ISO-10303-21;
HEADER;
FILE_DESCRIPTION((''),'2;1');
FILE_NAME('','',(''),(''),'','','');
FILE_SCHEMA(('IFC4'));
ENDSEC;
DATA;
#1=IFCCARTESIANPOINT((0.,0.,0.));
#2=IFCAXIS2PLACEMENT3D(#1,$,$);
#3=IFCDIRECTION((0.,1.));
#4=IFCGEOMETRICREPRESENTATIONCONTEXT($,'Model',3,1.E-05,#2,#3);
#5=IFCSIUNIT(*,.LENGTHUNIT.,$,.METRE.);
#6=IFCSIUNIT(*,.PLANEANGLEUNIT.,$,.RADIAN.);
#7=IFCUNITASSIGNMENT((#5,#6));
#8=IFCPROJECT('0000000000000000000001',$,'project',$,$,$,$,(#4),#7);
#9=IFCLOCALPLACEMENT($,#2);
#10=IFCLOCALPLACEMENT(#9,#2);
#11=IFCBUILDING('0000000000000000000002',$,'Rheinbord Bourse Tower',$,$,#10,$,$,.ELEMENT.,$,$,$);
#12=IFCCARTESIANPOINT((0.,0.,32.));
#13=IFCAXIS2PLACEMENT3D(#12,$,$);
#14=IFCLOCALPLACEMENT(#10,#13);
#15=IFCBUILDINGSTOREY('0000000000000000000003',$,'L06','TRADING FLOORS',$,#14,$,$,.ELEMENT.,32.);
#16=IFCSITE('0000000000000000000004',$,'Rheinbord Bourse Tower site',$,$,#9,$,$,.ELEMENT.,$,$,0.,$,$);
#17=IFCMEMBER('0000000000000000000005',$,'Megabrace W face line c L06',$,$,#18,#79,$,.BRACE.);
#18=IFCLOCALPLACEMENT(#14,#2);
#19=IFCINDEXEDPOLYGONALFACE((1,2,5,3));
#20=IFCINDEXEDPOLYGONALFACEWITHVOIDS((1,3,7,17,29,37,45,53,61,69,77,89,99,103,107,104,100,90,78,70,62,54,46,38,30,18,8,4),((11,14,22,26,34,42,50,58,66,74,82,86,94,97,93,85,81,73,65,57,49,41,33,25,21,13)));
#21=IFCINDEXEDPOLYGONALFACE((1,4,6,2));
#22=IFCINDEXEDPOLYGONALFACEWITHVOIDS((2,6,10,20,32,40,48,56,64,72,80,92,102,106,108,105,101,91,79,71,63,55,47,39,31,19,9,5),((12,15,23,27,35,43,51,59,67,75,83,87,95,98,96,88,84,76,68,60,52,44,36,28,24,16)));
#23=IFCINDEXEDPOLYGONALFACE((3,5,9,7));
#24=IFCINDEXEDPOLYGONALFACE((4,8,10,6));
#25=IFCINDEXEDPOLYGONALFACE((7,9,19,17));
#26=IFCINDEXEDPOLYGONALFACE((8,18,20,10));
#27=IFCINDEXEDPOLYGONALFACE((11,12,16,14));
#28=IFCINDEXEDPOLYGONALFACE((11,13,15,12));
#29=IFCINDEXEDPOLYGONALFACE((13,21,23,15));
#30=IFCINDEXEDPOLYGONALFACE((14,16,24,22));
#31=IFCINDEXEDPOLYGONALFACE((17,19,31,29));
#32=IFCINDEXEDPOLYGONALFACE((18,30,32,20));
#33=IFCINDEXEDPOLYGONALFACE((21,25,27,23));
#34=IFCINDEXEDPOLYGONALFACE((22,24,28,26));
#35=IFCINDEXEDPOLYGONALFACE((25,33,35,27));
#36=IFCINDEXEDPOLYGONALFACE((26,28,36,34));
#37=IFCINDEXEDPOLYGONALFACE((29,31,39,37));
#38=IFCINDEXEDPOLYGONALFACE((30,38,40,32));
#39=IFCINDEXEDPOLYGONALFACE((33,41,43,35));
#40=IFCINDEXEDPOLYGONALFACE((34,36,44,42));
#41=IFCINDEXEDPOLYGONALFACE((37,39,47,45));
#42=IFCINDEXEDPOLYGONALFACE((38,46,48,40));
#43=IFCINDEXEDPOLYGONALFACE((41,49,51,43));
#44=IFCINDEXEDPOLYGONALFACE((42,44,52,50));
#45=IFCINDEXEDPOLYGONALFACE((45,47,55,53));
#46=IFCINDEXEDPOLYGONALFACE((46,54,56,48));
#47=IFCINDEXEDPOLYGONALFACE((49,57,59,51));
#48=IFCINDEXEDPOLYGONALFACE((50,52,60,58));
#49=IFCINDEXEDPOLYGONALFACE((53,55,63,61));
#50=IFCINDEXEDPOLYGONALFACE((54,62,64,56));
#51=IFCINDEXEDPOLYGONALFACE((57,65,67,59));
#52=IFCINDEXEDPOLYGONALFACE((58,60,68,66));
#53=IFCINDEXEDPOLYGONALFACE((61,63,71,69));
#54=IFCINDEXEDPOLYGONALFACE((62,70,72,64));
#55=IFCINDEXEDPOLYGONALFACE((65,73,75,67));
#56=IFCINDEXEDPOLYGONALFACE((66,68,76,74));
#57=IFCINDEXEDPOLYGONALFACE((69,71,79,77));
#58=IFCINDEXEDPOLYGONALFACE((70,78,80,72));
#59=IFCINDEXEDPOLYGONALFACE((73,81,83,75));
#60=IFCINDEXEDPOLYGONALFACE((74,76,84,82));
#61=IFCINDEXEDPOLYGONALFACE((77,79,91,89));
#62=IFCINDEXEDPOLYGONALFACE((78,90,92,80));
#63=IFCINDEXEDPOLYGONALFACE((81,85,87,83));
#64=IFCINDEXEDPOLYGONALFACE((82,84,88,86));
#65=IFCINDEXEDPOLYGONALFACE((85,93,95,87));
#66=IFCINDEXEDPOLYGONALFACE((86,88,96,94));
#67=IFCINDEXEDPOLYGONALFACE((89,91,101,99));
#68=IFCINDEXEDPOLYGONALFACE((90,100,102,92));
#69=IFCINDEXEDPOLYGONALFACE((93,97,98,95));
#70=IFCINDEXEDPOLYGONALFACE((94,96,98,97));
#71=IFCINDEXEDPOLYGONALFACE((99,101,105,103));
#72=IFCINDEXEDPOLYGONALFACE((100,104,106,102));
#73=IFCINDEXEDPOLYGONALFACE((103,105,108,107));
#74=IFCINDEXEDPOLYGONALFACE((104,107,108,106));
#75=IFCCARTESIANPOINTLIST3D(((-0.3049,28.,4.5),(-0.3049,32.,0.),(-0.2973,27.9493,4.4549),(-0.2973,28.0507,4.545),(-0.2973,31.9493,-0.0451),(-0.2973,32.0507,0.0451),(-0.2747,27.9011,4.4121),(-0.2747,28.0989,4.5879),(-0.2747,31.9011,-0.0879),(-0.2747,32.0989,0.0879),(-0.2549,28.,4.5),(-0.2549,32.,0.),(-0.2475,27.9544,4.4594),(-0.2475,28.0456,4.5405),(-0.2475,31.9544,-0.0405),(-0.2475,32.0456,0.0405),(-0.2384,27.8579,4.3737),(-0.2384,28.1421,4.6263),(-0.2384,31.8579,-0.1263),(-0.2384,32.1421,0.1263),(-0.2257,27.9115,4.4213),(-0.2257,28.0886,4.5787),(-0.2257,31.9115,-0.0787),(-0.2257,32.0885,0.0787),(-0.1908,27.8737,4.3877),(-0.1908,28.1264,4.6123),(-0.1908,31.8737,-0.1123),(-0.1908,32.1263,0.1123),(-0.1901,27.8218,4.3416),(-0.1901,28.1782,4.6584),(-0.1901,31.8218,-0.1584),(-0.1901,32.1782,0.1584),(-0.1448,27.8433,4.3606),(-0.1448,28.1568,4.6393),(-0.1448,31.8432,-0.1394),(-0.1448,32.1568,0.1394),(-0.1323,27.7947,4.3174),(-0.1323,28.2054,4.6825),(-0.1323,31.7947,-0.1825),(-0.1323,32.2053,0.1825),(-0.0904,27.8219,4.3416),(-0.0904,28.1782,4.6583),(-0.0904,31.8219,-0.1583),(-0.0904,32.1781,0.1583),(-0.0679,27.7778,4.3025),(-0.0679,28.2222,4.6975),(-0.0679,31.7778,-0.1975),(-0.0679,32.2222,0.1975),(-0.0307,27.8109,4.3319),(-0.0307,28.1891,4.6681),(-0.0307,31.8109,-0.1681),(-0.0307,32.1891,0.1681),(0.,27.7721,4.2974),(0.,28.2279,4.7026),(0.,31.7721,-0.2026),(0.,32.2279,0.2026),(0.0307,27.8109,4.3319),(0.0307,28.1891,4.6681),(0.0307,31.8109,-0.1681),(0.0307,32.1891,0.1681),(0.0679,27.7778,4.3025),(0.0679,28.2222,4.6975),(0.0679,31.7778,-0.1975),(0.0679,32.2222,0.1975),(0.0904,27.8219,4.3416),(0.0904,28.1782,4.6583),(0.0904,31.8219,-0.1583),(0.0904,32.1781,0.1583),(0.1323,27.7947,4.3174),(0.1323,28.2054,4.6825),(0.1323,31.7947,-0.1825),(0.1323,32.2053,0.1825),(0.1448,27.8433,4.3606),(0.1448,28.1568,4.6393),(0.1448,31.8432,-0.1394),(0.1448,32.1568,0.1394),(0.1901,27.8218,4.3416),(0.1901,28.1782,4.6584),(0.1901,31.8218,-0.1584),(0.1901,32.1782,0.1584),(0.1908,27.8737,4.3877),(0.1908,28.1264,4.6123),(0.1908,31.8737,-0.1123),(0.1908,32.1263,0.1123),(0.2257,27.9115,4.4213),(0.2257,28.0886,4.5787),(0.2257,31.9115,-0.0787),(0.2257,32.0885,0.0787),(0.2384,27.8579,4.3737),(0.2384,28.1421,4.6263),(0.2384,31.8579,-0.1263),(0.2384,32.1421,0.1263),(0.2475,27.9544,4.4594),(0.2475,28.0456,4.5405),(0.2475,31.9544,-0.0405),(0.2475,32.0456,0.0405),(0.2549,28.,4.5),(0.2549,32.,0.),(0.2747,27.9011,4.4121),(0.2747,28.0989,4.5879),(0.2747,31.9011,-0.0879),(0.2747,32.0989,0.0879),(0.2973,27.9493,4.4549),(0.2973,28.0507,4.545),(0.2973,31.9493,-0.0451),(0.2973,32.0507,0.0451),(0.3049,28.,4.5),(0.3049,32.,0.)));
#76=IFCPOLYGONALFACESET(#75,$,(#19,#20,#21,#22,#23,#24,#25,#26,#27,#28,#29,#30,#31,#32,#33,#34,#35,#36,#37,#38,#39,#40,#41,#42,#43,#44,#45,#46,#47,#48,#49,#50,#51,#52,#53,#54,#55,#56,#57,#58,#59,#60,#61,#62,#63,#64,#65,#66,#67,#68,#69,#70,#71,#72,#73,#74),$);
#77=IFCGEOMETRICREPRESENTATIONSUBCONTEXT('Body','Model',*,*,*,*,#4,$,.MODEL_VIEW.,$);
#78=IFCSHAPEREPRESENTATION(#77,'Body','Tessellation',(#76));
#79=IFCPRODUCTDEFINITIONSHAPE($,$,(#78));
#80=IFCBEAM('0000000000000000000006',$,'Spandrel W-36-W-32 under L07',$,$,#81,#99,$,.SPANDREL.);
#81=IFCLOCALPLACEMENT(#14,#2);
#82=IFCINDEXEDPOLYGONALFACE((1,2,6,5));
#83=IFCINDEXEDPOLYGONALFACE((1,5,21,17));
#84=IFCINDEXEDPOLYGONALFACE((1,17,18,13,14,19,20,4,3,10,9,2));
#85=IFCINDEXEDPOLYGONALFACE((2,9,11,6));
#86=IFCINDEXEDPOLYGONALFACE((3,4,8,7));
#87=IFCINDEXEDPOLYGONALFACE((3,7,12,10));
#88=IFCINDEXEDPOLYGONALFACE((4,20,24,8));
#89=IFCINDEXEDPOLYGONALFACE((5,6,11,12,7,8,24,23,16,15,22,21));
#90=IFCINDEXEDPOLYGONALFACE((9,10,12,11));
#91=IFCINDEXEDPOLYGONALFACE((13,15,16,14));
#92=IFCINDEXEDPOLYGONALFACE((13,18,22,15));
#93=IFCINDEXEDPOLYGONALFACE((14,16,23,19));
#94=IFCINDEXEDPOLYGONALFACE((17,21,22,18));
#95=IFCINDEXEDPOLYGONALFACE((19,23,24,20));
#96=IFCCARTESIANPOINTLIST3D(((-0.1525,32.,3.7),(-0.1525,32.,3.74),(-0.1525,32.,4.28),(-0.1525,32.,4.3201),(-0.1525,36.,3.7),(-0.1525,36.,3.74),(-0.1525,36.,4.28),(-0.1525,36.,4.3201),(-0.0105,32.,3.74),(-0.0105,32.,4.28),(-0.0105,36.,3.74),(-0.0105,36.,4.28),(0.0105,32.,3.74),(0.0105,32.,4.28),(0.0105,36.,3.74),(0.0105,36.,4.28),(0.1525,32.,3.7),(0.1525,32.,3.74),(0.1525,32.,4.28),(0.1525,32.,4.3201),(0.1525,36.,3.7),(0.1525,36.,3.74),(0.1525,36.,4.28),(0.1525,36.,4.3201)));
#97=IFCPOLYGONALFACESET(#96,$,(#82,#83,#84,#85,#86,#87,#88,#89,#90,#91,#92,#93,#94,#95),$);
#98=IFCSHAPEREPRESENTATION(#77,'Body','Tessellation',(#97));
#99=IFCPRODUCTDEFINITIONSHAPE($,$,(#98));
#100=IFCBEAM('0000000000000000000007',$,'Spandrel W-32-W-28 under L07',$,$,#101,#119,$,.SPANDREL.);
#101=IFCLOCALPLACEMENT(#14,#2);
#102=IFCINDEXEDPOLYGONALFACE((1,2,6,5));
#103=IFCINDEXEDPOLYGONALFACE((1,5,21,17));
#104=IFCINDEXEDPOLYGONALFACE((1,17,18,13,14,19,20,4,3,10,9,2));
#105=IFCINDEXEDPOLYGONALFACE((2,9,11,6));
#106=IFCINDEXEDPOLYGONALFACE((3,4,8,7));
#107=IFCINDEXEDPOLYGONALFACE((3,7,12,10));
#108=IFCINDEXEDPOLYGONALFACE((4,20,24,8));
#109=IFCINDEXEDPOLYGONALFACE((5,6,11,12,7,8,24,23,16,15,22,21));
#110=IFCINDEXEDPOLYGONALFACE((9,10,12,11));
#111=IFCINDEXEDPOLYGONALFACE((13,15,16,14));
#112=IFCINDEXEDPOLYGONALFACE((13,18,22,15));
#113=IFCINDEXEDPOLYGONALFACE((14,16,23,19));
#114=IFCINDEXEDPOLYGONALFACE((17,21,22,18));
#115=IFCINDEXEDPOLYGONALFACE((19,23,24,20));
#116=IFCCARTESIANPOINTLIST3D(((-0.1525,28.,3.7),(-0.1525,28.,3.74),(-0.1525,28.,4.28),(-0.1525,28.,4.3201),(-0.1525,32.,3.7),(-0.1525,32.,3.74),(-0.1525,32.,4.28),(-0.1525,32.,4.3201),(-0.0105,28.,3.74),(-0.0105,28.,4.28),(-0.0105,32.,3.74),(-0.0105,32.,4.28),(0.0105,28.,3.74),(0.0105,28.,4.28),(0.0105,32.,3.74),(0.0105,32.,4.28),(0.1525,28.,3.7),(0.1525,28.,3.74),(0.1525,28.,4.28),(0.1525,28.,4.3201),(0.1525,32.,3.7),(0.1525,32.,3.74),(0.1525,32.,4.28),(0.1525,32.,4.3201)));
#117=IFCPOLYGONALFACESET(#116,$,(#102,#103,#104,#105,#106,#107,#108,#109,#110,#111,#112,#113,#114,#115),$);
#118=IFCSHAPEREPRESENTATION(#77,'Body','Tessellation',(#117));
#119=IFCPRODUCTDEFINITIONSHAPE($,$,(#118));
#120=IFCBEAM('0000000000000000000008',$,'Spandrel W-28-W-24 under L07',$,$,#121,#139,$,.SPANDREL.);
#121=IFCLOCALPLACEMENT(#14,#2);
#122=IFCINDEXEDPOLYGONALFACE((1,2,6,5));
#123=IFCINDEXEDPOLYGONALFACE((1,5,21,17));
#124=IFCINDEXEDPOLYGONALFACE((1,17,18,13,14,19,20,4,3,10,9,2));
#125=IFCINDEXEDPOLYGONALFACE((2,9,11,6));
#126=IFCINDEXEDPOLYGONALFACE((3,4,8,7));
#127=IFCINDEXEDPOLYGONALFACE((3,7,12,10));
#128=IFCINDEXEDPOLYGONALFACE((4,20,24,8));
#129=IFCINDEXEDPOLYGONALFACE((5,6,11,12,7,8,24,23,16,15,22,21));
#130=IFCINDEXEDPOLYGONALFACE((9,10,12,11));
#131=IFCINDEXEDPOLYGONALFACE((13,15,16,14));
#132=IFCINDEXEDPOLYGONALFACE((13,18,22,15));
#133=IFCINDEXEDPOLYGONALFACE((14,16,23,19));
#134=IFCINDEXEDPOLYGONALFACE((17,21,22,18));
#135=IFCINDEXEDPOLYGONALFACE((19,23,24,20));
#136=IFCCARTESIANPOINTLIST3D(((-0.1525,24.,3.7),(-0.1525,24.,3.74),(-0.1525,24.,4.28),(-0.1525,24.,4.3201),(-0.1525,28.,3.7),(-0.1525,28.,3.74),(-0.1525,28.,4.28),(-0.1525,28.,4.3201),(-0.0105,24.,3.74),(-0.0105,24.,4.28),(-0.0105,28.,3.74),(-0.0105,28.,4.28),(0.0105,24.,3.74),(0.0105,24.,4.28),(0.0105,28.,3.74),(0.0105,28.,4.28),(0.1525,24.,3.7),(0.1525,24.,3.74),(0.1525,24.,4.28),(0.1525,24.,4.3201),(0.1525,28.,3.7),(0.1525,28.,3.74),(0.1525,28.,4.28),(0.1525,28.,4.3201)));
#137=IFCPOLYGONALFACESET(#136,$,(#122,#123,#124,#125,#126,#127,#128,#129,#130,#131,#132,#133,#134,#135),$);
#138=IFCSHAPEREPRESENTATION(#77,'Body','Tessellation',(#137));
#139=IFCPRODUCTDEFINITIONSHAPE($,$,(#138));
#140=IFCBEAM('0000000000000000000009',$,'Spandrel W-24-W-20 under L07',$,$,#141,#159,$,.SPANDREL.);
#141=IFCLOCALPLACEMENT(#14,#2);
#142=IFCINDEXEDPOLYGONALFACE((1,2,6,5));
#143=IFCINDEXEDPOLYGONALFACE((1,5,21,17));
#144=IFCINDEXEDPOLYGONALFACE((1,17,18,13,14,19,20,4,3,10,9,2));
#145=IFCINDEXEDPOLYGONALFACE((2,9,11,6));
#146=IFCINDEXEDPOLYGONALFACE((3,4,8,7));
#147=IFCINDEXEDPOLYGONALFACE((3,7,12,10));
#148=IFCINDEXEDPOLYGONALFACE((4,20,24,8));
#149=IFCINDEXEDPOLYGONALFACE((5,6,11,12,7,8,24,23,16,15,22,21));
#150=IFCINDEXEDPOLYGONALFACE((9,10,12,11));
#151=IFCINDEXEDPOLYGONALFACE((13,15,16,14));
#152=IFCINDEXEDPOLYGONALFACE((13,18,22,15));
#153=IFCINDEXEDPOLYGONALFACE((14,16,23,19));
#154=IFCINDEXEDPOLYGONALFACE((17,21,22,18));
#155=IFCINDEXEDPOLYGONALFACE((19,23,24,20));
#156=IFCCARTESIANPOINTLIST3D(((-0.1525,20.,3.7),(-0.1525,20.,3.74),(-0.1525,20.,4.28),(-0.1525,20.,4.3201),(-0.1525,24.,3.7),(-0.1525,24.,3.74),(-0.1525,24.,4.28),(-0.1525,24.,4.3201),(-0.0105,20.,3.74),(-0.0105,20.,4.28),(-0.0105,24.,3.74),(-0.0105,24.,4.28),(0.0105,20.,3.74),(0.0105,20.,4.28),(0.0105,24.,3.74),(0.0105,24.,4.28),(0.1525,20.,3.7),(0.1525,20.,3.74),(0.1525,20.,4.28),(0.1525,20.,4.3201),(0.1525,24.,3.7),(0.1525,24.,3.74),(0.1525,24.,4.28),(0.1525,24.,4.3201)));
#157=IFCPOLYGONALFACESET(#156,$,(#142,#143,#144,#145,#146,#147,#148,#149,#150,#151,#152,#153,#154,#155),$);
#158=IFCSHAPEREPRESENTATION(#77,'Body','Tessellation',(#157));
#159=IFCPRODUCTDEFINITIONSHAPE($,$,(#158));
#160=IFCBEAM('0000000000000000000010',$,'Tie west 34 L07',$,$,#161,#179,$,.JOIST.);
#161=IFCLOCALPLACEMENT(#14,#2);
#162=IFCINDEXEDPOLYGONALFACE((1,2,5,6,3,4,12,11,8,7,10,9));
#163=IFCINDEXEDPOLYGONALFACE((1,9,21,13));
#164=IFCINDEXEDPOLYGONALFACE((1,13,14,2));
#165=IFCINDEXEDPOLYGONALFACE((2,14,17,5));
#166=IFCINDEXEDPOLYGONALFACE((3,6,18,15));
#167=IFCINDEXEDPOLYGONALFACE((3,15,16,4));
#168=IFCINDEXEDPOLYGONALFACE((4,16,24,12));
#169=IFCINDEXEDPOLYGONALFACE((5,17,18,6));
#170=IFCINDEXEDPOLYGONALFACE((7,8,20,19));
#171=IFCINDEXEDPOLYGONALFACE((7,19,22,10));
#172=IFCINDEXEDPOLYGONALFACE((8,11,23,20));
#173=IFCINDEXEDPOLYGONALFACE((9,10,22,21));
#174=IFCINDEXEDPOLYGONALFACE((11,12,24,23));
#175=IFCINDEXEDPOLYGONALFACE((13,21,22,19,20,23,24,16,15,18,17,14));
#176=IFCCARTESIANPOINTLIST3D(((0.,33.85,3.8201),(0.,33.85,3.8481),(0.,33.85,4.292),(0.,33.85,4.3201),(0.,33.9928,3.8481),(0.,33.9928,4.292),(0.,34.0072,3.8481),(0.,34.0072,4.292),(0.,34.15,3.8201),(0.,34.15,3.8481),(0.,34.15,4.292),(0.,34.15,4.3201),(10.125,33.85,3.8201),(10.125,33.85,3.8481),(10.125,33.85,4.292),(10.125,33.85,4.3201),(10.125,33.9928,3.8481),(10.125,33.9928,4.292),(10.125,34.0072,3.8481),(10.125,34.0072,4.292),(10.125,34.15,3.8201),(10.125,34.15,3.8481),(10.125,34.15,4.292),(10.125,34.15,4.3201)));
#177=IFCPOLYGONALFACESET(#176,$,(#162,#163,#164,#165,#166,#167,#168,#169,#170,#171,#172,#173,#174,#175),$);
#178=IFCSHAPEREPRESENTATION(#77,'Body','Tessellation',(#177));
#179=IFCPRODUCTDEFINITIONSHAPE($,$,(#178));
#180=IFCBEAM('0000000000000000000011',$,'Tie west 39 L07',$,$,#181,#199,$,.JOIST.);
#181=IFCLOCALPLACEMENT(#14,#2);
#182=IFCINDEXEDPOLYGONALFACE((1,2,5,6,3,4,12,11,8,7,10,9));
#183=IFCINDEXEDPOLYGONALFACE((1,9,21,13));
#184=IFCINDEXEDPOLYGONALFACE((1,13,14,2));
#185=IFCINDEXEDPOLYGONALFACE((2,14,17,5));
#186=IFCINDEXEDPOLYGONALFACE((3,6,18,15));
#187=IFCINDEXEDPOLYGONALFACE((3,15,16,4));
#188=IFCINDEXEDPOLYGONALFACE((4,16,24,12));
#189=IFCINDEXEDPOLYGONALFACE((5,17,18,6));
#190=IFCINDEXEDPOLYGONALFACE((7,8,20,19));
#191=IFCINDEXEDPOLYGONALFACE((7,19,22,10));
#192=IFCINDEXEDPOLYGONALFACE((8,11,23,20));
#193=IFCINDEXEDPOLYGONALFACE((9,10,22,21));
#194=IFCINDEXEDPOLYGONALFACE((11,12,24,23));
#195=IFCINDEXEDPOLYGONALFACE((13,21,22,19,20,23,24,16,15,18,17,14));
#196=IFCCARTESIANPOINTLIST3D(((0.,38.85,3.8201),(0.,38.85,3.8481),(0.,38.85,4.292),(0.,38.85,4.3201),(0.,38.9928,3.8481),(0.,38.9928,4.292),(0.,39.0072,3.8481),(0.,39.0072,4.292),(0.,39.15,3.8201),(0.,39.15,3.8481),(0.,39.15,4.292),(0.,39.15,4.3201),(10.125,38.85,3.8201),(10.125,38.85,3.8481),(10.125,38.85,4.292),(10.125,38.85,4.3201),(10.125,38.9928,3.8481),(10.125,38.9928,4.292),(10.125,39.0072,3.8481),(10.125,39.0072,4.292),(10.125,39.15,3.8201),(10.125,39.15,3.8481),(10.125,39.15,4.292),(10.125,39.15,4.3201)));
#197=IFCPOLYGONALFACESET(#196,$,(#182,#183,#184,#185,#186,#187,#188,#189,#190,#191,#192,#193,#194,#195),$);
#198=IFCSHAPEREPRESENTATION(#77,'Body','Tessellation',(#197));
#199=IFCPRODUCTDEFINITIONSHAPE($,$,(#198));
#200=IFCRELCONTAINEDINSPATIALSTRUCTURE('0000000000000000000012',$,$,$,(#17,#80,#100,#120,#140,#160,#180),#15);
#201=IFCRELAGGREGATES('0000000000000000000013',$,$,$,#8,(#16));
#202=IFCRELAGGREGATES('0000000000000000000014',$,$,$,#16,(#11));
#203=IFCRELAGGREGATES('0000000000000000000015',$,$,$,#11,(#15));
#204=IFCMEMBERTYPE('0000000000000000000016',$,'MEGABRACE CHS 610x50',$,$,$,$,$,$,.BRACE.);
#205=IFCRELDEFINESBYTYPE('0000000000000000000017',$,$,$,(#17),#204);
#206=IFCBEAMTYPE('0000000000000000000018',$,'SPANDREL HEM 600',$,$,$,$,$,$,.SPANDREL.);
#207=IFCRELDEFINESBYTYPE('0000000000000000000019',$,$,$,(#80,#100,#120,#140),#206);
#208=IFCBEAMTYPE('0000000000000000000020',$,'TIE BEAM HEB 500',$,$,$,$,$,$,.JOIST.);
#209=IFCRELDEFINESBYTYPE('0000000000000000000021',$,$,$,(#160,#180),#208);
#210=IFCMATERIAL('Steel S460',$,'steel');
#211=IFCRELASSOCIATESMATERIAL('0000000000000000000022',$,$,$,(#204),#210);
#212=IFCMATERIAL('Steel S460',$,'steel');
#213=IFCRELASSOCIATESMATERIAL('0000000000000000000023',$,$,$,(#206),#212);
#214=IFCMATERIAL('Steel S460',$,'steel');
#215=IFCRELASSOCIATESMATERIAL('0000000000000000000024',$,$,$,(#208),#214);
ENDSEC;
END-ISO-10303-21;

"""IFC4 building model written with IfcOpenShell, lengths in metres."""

from ifc_helpers import new_model, si_unit, direction, frame, origin, origin_2d, place, context, subcontext, project, spatial, hollow_circle, i_section, extrude, material, material_profile, profile_set, type_object, element, save


model = new_model("IFC4")

# Units and contexts
model_context = context("Model", 3, precision=1e-05, world=origin(), true_north=direction((0.0, 1.0)))
body_context = subcontext(model_context, "Body", "Model", "MODEL_VIEW")
ifc_project = project(units=[si_unit("LENGTHUNIT", "METRE"), si_unit("PLANEANGLEUNIT", "RADIAN")], contexts=[model_context])

# Site, building, storey
site_placement = place(None, origin())
site = spatial("IfcSite", under=ifc_project, at=site_placement, Name="Rheinbord Bourse Tower site", CompositionType="ELEMENT", RefElevation=0.0)
building_placement = place(site_placement, origin())
building = spatial("IfcBuilding", under=site, at=building_placement, Name="Rheinbord Bourse Tower", CompositionType="ELEMENT")
storey_placement = place(building_placement, frame((0.0, 0.0, 32.0)))
storey = spatial("IfcBuildingStorey", under=building, at=storey_placement, Name="L06", Description="TRADING FLOORS", CompositionType="ELEMENT", Elevation=32.0)

# Member
ifc_material_1 = material(Name="Steel S460", Category="steel")
ifc_material_profile_1 = material_profile(ifc_material_1, hollow_circle(Radius=0.3049, WallThickness=0.05, at=origin_2d()), Name="CHS 610x50")
ifc_profile_set_1 = profile_set([ifc_material_profile_1], Name="Steel S460")
member_type_1 = type_object("IfcMemberType", Name="MEGABRACE CHS 610x50", PredefinedType="BRACE", material=ifc_profile_set_1)
for number, where, z_axis, x_axis, name in (
    (1, (0.0, 32.0, 0.0), (0.0, -0.664364, 0.747409), (1.0, 0.0, 0.0), "Megabrace W face line c L06"),
):
    element("IfcMember", number, at=place(storey_placement, frame(where, z_axis=z_axis, x_axis=x_axis)), inside=storey, type_object=member_type_1, Name=name, PredefinedType="BRACE", context=body_context, shape_type="SweptSolid", body=[
        extrude(hollow_circle(Radius=0.3049, WallThickness=0.05, at=origin_2d()), origin(), (0.0, 0.0, 1.0), 6.0208),
    ])

# Beams
ifc_material_2 = material(Name="Steel S460", Category="steel")
ifc_material_profile_2 = material_profile(ifc_material_2, i_section(OverallWidth=0.3049, OverallDepth=0.6201, WebThickness=0.021, FlangeThickness=0.04, at=origin_2d()), Name="HEM 600")
ifc_profile_set_2 = profile_set([ifc_material_profile_2], Name="Steel S460")
beam_type_1 = type_object("IfcBeamType", Name="SPANDREL HEM 600", PredefinedType="SPANDREL", material=ifc_profile_set_2)
for number, where, z_axis, x_axis, name in (
    (2, (0.0, 36.0, 4.01), (0.0, -1.0, 0.0), (1.0, 0.0, 0.0), "Spandrel W-36-W-32 under L07"),
    (3, (0.0, 32.0, 4.01), (0.0, -1.0, 0.0), (1.0, 0.0, 0.0), "Spandrel W-32-W-28 under L07"),
    (4, (0.0, 28.0, 4.01), (0.0, -1.0, 0.0), (1.0, 0.0, 0.0), "Spandrel W-28-W-24 under L07"),
    (5, (0.0, 24.0, 4.01), (0.0, -1.0, 0.0), (1.0, 0.0, 0.0), "Spandrel W-24-W-20 under L07"),
):
    element("IfcBeam", number, at=place(storey_placement, frame(where, z_axis=z_axis, x_axis=x_axis)), inside=storey, type_object=beam_type_1, Name=name, PredefinedType="SPANDREL", context=body_context, shape_type="SweptSolid", body=[
        extrude(i_section(OverallWidth=0.3049, OverallDepth=0.6201, WebThickness=0.021, FlangeThickness=0.04, at=origin_2d()), origin(), (0.0, 0.0, 1.0), 4.0),
    ])
ifc_material_3 = material(Name="Steel S460", Category="steel")
ifc_material_profile_3 = material_profile(ifc_material_3, i_section(OverallWidth=0.3, OverallDepth=0.5, WebThickness=0.0144, FlangeThickness=0.0281, at=origin_2d()), Name="HEB 500")
ifc_profile_set_3 = profile_set([ifc_material_profile_3], Name="Steel S460")
beam_type_2 = type_object("IfcBeamType", Name="TIE BEAM HEB 500", PredefinedType="JOIST", material=ifc_profile_set_3)
for number, where, z_axis, x_axis, name in (
    (6, (0.0, 34.0, 4.0701), (1.0, 0.0, 0.0), (0.0, 1.0, 0.0), "Tie west 34 L07"),
    (7, (0.0, 39.0, 4.0701), (1.0, 0.0, 0.0), (0.0, 1.0, 0.0), "Tie west 39 L07"),
):
    element("IfcBeam", number, at=place(storey_placement, frame(where, z_axis=z_axis, x_axis=x_axis)), inside=storey, type_object=beam_type_2, Name=name, PredefinedType="JOIST", context=body_context, shape_type="SweptSolid", body=[
        extrude(i_section(OverallWidth=0.3, OverallDepth=0.5, WebThickness=0.0144, FlangeThickness=0.0281, at=origin_2d()), origin(), (0.0, 0.0, 1.0), 10.125),
    ])

save(model, "model.ifc")
